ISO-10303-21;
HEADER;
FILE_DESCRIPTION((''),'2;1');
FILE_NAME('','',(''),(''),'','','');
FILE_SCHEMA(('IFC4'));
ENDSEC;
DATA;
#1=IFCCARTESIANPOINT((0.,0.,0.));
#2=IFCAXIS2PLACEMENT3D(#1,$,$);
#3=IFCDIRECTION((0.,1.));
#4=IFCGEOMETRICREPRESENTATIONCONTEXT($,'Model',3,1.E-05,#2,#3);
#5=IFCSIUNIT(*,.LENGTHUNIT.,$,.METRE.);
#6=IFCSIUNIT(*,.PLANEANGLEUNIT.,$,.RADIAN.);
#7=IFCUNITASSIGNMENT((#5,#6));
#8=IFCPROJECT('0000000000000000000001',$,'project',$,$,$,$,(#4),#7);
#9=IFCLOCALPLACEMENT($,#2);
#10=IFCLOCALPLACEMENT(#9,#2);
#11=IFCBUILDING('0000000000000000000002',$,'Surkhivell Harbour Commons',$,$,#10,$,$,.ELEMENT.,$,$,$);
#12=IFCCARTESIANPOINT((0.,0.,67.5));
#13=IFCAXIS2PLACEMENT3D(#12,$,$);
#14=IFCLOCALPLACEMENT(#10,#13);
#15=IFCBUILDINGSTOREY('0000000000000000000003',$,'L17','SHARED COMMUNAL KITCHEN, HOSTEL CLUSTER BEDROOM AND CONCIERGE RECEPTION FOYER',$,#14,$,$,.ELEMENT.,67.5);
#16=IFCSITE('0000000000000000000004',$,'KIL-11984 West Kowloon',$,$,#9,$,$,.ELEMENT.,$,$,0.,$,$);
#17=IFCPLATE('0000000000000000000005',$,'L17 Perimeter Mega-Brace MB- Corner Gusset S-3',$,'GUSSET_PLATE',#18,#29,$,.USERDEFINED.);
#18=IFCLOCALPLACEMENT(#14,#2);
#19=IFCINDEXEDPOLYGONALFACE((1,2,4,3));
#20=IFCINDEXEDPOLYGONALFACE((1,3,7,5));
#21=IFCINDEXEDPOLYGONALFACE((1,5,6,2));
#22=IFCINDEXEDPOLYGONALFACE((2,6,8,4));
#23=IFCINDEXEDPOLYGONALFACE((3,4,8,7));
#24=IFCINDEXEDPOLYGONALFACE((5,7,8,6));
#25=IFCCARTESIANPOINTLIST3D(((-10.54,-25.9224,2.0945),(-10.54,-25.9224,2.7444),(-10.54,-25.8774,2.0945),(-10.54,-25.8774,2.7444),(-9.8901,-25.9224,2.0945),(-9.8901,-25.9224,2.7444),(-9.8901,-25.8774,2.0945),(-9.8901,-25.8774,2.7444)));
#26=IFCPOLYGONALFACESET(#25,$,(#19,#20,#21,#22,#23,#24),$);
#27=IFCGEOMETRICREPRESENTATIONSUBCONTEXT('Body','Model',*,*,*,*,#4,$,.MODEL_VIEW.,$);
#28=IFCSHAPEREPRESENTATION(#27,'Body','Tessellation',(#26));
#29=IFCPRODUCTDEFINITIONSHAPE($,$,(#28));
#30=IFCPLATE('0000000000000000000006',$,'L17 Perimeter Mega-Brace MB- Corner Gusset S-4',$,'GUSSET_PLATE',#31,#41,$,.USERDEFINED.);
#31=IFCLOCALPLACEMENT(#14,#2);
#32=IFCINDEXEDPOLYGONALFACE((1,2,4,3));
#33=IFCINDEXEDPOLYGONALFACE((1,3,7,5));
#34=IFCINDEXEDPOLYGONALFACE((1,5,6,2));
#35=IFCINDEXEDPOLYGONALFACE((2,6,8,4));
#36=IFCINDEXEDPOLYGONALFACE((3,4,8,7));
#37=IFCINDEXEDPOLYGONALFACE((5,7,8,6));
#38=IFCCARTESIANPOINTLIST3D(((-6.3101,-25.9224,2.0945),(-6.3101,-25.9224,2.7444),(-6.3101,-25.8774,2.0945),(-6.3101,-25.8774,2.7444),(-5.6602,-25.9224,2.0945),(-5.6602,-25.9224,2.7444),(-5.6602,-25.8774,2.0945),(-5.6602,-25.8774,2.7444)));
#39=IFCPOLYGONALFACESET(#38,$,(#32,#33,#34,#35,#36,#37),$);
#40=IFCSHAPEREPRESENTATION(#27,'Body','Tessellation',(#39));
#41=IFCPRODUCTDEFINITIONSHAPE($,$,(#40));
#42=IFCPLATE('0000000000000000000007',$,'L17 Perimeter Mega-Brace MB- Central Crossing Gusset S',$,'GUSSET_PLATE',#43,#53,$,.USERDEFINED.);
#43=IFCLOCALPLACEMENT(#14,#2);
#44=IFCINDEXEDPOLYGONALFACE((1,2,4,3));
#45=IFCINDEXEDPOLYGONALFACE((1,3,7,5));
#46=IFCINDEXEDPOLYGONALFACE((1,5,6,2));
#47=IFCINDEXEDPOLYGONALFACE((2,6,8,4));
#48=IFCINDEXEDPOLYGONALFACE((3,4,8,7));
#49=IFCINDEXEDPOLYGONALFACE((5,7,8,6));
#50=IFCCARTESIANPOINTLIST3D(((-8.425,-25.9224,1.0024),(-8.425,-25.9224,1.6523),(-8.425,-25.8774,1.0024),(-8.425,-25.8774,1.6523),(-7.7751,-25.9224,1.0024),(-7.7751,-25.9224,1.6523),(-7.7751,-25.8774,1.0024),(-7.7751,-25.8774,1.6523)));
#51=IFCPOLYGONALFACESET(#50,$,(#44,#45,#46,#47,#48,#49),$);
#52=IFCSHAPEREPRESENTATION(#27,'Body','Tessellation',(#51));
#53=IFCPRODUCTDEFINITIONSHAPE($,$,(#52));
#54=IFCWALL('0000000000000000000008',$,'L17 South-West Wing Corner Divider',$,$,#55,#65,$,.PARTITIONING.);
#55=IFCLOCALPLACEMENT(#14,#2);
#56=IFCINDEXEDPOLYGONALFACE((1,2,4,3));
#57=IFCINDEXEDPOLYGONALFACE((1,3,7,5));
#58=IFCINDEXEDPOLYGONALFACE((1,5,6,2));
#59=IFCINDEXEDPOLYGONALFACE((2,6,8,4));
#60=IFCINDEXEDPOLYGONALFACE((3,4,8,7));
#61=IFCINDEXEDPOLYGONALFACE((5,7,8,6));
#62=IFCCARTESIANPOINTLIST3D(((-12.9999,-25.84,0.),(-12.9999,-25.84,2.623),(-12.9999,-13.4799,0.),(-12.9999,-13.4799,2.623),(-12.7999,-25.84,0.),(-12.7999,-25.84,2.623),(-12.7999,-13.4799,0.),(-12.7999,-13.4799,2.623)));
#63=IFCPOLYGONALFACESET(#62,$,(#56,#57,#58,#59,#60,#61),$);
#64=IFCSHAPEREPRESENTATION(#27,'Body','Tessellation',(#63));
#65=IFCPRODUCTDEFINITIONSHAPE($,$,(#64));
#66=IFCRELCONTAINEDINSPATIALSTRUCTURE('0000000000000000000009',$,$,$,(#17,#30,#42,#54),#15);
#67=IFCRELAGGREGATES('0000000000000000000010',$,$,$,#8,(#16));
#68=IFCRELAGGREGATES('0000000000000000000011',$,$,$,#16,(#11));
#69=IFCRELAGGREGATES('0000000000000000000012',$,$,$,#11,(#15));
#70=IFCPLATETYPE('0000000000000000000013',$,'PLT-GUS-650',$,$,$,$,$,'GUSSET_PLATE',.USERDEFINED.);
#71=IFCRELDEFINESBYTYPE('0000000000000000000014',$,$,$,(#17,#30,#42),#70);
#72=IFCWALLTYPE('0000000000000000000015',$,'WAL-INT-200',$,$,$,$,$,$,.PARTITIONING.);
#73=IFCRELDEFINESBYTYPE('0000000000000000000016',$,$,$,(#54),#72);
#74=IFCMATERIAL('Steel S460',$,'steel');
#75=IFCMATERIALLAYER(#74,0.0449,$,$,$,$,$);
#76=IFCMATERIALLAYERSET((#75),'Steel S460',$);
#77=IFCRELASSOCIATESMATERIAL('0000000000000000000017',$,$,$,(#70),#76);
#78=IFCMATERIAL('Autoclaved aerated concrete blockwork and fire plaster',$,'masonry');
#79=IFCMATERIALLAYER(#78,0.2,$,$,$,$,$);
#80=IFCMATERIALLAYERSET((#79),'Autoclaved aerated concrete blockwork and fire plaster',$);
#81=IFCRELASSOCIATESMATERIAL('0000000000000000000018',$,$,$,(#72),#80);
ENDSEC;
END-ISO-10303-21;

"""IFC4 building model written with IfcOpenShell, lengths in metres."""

from ifc_helpers import new_model, si_unit, direction, frame, frame_2d, origin, origin_2d, place, context, subcontext, project, spatial, rectangle, extrude, material, layer, layer_set, type_object, element, save


model = new_model("IFC4")

# Units and contexts
model_context = context("Model", 3, precision=1e-05, world=origin(), true_north=direction((0.0, 1.0)))
body_context = subcontext(model_context, "Body", "Model", "MODEL_VIEW")
ifc_project = project(units=[si_unit("LENGTHUNIT", "METRE"), si_unit("PLANEANGLEUNIT", "RADIAN")], contexts=[model_context])

# Site, building, storey
site_placement = place(None, origin())
site = spatial("IfcSite", under=ifc_project, at=site_placement, Name="KIL-11984 West Kowloon", CompositionType="ELEMENT", RefElevation=0.0)
building_placement = place(site_placement, origin())
building = spatial("IfcBuilding", under=site, at=building_placement, Name="Surkhivell Harbour Commons", CompositionType="ELEMENT")
storey_placement = place(building_placement, frame((0.0, 0.0, 67.5)))
storey = spatial("IfcBuildingStorey", under=building, at=storey_placement, Name="L17", Description="SHARED COMMUNAL KITCHEN, HOSTEL CLUSTER BEDROOM AND CONCIERGE RECEPTION FOYER", CompositionType="ELEMENT", Elevation=67.5)

# Shared definitions
ifc_material_1 = material(Name="Steel S460", Category="steel")

# Plates
ifc_layer_1 = layer(ifc_material_1, 0.0449)
ifc_layer_set_1 = layer_set([ifc_layer_1], Name="Steel S460")
plate_type_1 = type_object("IfcPlateType", Name="PLT-GUS-650", ElementType="GUSSET_PLATE", PredefinedType="USERDEFINED", material=ifc_layer_set_1)
for number, where, z_axis, x_axis, name in (
    (1, (-10.2151, -25.8999, 2.0945), (0.0, 0.0, 1.0), (1.0, 0.0, 0.0), "L17 Perimeter Mega-Brace MB- Corner Gusset S-3"),
    (2, (-5.9851, -25.8999, 2.0945), (0.0, 0.0, 1.0), (1.0, 0.0, 0.0), "L17 Perimeter Mega-Brace MB- Corner Gusset S-4"),
    (3, (-8.1001, -25.8999, 1.0024), (0.0, 0.0, 1.0), (1.0, 0.0, 0.0), "L17 Perimeter Mega-Brace MB- Central Crossing Gusset S"),
):
    element("IfcPlate", number, at=place(storey_placement, frame(where, z_axis=z_axis, x_axis=x_axis)), inside=storey, type_object=plate_type_1, Name=name, ObjectType="GUSSET_PLATE", PredefinedType="USERDEFINED", context=body_context, shape_type="SweptSolid", body=[
        extrude(rectangle(XDim=0.6499, YDim=0.0449, at=origin_2d()), origin(), (0.0, 0.0, 1.0), 0.6499),
    ])

# Wall
ifc_material_2 = material(Name="Autoclaved aerated concrete blockwork and fire plaster", Category="masonry")
ifc_layer_2 = layer(ifc_material_2, 0.2)
ifc_layer_set_2 = layer_set([ifc_layer_2], Name="Autoclaved aerated concrete blockwork and fire plaster")
wall_type = type_object("IfcWallType", Name="WAL-INT-200", PredefinedType="PARTITIONING", material=ifc_layer_set_2)
wall_placement = place(storey_placement, frame((-12.8999, -25.8401, 0.0), z_axis=(0.0, 0.0, 1.0), x_axis=(0.0, 1.0, 0.0)))
element("IfcWall", 4, at=wall_placement, inside=storey, type_object=wall_type, Name="L17 South-West Wing Corner Divider", PredefinedType="PARTITIONING", context=body_context, shape_type="SweptSolid", body=[
    extrude(rectangle(XDim=12.3601, YDim=0.2, at=frame_2d((6.1802, 0.0))), origin(), (0.0, 0.0, 1.0), 2.623),
])

save(model, "model.ifc")
